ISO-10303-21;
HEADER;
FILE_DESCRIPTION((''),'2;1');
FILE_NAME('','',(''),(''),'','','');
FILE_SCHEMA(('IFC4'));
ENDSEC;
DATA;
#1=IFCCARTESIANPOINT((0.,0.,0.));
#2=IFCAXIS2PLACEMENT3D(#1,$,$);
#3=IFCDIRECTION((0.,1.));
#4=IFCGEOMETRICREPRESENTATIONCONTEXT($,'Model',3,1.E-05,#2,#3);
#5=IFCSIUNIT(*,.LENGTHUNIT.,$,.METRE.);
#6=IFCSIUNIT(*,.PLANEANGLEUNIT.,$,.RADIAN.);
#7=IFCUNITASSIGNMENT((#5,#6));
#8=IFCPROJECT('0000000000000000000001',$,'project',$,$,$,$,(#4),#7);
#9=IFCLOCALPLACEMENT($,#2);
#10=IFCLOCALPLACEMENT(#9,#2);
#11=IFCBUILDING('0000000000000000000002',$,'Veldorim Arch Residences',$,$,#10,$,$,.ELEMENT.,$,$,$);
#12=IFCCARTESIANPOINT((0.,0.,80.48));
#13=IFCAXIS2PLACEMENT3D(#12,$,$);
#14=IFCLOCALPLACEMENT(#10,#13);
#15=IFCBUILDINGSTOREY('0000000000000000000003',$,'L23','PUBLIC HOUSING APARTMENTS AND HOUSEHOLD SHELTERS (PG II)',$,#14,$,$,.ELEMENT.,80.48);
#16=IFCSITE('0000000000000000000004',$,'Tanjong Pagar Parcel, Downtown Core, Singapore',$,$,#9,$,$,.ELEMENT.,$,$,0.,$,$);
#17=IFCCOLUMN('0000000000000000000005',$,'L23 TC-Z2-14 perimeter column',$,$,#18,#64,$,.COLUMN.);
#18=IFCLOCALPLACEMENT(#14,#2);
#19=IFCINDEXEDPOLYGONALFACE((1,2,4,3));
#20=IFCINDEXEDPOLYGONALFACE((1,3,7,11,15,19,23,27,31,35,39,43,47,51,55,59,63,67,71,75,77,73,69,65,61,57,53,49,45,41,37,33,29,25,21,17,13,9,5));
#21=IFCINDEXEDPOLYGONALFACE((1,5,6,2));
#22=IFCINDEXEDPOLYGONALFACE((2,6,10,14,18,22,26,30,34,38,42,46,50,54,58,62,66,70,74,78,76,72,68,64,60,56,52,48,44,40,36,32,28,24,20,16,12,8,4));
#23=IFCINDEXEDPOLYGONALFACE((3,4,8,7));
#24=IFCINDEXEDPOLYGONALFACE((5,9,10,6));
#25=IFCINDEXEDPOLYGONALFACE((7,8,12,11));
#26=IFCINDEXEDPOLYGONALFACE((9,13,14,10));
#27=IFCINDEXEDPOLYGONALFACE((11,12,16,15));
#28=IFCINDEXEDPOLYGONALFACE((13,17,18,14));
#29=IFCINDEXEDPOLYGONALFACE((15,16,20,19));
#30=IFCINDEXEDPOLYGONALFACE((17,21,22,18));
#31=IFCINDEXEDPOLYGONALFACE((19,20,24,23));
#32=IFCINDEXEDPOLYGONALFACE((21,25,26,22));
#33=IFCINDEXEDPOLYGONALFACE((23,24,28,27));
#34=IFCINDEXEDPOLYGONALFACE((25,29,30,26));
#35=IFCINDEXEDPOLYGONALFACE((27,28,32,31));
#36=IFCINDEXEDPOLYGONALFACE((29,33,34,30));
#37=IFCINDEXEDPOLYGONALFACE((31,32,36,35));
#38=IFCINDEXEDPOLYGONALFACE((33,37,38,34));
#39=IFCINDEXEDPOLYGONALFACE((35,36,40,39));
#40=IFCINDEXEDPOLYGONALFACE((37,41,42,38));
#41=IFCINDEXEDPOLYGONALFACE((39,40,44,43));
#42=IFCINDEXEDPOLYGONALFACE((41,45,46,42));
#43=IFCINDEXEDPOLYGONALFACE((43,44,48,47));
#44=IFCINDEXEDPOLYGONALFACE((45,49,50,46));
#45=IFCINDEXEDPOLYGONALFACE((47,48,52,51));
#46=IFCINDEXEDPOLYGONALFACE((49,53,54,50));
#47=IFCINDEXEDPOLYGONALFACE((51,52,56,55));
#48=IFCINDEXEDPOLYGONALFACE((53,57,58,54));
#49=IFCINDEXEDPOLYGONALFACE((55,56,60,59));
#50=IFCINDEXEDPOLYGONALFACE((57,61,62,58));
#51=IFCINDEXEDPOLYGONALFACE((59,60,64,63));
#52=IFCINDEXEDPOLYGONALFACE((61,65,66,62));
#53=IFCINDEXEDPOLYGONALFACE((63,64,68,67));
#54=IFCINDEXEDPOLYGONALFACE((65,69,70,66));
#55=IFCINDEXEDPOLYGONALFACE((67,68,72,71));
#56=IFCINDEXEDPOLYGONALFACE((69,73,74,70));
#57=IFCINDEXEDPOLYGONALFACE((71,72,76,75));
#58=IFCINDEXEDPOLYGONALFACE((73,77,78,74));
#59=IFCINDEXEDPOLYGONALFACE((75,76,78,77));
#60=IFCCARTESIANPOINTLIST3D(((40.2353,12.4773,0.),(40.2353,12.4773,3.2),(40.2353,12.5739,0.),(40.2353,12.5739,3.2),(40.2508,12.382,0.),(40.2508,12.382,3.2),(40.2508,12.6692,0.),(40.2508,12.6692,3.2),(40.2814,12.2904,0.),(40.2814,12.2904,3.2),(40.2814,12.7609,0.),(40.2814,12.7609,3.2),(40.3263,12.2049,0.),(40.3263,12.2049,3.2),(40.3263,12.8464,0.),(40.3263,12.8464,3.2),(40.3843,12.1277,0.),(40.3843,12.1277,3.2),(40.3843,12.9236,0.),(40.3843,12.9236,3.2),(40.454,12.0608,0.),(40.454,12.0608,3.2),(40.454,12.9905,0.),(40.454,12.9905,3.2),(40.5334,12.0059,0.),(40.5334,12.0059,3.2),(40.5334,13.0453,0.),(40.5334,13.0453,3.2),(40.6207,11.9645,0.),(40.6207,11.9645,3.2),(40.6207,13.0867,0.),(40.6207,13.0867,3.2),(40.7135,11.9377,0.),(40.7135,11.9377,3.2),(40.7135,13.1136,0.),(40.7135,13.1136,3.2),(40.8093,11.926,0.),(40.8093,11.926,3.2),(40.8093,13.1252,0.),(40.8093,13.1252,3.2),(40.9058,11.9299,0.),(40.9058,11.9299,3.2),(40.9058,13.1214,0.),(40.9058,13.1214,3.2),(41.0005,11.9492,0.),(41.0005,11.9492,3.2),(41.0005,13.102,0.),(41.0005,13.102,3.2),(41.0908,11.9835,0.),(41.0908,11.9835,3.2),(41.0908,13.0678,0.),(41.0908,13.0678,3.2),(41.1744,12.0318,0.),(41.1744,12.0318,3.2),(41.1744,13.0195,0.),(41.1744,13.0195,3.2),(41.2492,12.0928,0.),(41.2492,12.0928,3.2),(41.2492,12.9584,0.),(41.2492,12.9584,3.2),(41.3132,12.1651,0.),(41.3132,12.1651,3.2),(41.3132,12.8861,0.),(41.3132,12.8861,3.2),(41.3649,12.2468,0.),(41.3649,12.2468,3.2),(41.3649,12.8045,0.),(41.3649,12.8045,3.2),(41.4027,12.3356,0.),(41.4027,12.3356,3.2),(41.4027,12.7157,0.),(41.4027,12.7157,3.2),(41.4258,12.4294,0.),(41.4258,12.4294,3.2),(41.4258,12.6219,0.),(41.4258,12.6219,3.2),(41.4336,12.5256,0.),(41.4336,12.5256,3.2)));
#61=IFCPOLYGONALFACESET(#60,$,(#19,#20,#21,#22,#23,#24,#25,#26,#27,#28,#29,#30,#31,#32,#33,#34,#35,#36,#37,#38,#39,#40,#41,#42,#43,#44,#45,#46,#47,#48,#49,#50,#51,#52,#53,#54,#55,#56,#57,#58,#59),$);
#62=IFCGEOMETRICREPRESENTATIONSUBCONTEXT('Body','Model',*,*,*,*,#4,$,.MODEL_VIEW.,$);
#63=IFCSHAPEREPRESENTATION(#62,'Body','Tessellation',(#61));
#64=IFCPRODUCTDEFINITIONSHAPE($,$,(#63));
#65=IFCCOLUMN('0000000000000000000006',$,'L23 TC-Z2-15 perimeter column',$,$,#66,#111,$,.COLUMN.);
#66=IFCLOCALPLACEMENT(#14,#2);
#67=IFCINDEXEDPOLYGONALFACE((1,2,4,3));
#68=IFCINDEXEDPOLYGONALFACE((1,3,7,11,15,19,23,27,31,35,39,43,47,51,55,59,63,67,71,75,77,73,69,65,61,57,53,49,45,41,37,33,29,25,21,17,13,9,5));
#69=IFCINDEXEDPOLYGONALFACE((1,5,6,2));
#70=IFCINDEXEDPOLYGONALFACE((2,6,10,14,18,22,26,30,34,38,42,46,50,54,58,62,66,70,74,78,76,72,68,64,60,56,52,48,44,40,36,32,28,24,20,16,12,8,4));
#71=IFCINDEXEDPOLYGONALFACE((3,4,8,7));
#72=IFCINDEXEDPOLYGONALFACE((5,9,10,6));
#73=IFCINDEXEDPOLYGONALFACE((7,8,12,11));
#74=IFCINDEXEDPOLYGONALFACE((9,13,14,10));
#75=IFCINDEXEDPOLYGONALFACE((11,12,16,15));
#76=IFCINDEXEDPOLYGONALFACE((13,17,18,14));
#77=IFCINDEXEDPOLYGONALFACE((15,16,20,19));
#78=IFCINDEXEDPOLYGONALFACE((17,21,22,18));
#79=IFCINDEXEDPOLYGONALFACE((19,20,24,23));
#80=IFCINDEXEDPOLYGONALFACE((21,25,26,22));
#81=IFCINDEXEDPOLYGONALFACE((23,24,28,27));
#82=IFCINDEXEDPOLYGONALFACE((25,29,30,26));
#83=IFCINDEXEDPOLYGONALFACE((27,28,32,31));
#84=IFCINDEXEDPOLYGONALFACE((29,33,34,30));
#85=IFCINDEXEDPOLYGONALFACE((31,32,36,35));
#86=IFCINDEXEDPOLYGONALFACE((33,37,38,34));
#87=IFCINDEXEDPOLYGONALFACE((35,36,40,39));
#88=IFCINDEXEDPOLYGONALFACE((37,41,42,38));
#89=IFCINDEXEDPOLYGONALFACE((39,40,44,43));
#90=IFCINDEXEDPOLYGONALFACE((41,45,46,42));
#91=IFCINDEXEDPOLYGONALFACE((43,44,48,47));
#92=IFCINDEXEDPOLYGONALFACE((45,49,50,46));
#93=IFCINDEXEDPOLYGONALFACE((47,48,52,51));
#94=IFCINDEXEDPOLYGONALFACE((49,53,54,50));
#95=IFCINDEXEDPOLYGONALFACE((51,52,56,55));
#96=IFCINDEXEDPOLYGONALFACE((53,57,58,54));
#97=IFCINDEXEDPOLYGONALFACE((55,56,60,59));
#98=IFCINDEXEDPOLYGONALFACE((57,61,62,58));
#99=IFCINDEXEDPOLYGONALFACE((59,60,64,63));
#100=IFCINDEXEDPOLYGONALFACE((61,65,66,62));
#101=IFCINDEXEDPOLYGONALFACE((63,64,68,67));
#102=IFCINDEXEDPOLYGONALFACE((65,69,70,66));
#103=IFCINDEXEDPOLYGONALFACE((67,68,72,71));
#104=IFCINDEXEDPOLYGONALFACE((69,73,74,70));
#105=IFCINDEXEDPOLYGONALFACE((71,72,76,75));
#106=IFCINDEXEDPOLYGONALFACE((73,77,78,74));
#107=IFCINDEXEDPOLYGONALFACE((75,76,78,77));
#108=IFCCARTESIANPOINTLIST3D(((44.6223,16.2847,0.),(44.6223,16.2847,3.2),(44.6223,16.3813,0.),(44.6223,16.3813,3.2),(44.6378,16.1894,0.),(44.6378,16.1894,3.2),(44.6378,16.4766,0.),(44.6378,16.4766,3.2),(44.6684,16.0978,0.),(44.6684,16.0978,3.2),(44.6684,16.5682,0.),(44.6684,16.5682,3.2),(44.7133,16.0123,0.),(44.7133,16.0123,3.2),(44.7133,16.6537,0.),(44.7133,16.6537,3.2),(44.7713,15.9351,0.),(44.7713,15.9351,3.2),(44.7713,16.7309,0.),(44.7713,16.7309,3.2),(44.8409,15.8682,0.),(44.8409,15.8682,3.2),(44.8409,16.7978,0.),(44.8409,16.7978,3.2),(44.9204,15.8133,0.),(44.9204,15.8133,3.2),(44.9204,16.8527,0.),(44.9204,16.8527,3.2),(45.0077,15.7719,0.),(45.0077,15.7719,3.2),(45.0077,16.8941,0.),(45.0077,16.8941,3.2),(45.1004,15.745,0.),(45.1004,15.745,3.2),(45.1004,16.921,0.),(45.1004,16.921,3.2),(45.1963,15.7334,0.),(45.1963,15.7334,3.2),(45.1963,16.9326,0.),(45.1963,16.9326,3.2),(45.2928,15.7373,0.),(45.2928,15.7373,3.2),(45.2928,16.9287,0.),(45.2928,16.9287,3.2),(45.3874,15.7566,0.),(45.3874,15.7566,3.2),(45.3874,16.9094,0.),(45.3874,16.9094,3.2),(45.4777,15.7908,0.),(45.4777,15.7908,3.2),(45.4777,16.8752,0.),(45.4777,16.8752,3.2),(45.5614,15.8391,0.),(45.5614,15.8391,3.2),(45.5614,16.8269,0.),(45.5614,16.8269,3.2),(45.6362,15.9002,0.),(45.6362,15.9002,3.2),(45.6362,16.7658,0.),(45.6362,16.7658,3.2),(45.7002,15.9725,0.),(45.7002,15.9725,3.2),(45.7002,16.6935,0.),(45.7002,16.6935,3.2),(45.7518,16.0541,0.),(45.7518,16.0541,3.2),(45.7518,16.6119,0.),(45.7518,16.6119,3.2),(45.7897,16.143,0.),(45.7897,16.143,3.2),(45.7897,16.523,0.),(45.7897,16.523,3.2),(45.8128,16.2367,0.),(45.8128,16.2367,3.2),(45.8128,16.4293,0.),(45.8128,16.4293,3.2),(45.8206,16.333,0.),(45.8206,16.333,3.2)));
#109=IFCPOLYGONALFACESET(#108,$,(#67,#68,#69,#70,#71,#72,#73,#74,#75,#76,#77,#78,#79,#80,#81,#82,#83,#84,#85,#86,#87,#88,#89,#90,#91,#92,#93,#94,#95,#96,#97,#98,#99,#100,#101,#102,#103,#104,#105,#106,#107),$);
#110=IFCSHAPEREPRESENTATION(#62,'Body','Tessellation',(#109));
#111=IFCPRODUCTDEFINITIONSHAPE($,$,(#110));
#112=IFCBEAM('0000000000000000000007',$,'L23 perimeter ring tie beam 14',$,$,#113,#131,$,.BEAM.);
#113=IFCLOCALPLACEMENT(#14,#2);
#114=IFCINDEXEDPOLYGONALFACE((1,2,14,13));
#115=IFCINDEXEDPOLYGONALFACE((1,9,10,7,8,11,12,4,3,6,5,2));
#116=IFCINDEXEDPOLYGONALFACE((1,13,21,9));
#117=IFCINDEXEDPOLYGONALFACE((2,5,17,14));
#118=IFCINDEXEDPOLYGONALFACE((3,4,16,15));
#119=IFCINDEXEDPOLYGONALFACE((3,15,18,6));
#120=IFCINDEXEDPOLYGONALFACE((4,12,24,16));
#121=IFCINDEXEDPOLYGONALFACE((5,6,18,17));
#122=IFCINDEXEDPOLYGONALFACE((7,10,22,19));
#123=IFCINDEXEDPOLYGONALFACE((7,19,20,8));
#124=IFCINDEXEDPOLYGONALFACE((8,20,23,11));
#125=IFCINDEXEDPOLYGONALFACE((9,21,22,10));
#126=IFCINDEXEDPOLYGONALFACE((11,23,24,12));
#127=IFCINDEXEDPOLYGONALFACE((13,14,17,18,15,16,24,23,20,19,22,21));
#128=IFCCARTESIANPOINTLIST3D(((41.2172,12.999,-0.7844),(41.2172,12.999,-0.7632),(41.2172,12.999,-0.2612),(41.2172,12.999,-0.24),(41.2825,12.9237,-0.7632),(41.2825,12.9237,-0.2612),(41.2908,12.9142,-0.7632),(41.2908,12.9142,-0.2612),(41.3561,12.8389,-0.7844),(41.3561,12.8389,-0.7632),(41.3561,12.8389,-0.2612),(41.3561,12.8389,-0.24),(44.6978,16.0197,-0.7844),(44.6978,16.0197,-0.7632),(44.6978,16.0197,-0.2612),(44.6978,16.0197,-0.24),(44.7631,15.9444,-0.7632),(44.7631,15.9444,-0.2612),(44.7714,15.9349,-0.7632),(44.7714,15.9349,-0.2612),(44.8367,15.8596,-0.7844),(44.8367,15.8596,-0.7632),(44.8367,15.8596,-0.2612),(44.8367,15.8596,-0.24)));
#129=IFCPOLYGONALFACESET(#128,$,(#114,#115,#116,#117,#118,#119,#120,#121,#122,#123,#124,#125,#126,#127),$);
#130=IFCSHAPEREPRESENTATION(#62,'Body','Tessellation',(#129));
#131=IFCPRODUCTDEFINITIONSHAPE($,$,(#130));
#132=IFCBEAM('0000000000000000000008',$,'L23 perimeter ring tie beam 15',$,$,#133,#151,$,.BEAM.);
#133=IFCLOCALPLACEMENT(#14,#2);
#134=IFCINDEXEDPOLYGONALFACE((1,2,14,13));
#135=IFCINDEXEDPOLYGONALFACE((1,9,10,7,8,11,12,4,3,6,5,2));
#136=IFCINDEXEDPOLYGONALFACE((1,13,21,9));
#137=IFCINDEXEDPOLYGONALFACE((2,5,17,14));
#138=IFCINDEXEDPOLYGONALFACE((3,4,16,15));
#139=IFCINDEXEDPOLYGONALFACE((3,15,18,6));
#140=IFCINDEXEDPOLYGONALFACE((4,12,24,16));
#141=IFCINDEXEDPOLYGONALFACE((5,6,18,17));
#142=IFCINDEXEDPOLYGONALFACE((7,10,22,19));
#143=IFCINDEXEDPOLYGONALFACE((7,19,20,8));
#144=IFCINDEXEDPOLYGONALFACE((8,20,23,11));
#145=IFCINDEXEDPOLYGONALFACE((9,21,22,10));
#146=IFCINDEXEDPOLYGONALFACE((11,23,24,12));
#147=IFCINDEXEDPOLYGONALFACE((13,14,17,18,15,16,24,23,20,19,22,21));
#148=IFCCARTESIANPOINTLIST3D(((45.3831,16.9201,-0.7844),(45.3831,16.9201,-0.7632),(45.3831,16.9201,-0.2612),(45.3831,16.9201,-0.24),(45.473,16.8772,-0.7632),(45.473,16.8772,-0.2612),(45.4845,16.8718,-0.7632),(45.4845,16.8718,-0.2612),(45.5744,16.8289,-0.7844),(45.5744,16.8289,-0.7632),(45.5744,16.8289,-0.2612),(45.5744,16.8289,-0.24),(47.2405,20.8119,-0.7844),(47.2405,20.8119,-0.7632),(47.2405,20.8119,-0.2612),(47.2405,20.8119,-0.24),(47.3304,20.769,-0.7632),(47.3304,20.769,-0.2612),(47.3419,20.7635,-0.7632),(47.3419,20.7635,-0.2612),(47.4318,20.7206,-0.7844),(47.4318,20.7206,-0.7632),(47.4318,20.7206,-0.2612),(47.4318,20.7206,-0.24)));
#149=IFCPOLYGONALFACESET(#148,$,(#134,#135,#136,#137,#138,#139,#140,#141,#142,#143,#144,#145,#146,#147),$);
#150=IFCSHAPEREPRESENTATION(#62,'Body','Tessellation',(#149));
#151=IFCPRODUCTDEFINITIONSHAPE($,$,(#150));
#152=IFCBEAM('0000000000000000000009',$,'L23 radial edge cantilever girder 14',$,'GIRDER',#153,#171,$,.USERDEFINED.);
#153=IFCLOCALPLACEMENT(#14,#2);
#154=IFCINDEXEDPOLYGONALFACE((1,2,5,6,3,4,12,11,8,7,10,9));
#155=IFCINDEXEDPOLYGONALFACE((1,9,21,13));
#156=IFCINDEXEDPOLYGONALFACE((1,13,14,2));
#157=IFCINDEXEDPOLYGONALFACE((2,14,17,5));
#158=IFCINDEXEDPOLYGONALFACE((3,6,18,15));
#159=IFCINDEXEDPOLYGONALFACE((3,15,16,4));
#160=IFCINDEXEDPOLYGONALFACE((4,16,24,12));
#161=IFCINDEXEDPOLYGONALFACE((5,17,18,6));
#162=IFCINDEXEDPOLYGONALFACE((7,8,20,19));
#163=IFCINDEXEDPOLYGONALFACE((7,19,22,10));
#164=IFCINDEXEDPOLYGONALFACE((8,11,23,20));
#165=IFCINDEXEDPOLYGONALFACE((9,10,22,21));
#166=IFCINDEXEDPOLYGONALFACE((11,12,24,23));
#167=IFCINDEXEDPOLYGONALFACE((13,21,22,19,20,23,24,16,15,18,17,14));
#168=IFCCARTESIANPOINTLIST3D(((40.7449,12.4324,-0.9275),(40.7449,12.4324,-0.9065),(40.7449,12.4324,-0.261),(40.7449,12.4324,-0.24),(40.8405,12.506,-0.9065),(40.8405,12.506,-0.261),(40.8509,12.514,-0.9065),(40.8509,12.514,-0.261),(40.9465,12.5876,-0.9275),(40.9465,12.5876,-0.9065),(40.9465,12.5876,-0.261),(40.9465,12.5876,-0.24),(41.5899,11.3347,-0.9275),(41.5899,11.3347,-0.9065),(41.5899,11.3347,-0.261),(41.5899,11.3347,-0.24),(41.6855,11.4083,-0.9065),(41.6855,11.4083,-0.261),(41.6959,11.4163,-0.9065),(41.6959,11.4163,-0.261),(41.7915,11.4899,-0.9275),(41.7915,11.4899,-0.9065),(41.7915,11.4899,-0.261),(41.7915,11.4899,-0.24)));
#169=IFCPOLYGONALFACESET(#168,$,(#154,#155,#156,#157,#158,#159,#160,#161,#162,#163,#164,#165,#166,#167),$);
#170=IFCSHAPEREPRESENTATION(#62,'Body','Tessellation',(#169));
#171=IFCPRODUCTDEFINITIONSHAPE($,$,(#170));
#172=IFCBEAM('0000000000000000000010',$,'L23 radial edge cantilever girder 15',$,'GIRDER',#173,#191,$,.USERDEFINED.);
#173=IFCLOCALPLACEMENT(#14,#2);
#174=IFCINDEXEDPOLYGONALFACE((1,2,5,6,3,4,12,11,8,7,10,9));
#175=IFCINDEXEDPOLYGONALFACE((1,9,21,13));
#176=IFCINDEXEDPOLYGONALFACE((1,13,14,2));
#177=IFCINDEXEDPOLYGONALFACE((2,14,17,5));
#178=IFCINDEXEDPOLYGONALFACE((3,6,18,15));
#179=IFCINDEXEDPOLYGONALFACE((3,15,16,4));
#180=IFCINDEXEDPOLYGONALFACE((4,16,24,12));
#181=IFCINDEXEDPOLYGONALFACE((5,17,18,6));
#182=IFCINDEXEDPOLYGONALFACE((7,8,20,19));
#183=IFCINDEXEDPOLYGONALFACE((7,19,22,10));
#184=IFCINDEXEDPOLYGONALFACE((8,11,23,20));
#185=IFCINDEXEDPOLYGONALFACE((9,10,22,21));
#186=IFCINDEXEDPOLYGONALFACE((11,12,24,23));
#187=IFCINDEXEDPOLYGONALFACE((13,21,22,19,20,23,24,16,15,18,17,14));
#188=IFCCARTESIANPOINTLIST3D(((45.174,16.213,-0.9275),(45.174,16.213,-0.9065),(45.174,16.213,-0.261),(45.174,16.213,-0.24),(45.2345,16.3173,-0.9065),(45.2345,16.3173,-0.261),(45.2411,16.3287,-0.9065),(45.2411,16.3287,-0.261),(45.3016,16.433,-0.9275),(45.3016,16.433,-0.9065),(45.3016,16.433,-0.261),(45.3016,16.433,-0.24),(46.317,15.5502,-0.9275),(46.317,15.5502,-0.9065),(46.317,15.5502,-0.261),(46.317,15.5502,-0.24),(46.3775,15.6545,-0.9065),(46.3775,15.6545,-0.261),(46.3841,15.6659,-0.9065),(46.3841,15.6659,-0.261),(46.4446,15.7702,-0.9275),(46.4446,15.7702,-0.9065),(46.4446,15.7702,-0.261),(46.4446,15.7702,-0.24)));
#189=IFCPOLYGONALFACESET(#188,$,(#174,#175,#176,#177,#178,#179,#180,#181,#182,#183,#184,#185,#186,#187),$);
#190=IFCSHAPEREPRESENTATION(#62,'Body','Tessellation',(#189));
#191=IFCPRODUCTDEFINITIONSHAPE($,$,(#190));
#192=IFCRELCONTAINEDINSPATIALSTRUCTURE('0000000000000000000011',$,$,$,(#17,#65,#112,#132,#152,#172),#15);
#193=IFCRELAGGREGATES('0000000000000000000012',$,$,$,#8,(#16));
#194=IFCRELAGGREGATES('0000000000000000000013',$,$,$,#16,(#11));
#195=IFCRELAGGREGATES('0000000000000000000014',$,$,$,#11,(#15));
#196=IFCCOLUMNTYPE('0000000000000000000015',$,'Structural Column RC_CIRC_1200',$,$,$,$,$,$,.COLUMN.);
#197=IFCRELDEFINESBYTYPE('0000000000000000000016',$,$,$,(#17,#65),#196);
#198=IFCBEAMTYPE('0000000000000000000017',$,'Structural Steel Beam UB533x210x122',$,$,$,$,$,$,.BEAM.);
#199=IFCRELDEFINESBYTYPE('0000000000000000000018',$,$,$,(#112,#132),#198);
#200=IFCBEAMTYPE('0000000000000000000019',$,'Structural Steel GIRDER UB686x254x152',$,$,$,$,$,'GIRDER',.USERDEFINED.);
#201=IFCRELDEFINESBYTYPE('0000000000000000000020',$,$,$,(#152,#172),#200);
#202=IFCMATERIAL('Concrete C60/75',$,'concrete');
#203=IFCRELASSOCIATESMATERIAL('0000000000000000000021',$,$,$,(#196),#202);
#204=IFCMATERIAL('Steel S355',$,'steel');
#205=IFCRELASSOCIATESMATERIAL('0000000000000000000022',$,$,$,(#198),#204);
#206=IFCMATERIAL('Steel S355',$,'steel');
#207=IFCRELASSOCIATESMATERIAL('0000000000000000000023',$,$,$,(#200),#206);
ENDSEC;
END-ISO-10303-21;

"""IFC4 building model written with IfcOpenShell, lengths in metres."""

from ifc_helpers import new_model, si_unit, direction, frame, origin, origin_2d, place, context, subcontext, project, spatial, circle, i_section, extrude, material, material_profile, profile_set, type_object, element, save


model = new_model("IFC4")

# Units and contexts
model_context = context("Model", 3, precision=1e-05, world=origin(), true_north=direction((0.0, 1.0)))
body_context = subcontext(model_context, "Body", "Model", "MODEL_VIEW")
ifc_project = project(units=[si_unit("LENGTHUNIT", "METRE"), si_unit("PLANEANGLEUNIT", "RADIAN")], contexts=[model_context])

# Site, building, storey
site_placement = place(None, origin())
site = spatial("IfcSite", under=ifc_project, at=site_placement, Name="Tanjong Pagar Parcel, Downtown Core, Singapore", CompositionType="ELEMENT", RefElevation=0.0)
building_placement = place(site_placement, origin())
building = spatial("IfcBuilding", under=site, at=building_placement, Name="Veldorim Arch Residences", CompositionType="ELEMENT")
storey_placement = place(building_placement, frame((0.0, 0.0, 80.48)))
storey = spatial("IfcBuildingStorey", under=building, at=storey_placement, Name="L23", Description="PUBLIC HOUSING APARTMENTS AND HOUSEHOLD SHELTERS (PG II)", CompositionType="ELEMENT", Elevation=80.48)

# Columns
ifc_material_1 = material(Name="Concrete C60/75", Category="concrete")
ifc_material_profile_1 = material_profile(ifc_material_1, circle(Radius=0.6001, at=origin_2d()), Name="RC_CIRC_1200")
ifc_profile_set_1 = profile_set([ifc_material_profile_1], Name="Concrete C60/75")
column_type = type_object("IfcColumnType", Name="Structural Column RC_CIRC_1200", PredefinedType="COLUMN", material=ifc_profile_set_1)
for number, where, z_axis, x_axis, name in (
    (1, (40.8335, 12.5256, 0.0), (0.0, 0.0, 1.0), (1.0, 0.0, 0.0), "L23 TC-Z2-14 perimeter column"),
    (2, (45.2205, 16.333, 0.0), (0.0, 0.0, 1.0), (1.0, 0.0, 0.0), "L23 TC-Z2-15 perimeter column"),
):
    element("IfcColumn", number, at=place(storey_placement, frame(where, z_axis=z_axis, x_axis=x_axis)), inside=storey, type_object=column_type, Name=name, PredefinedType="COLUMN", context=body_context, shape_type="SweptSolid", body=[
        extrude(circle(Radius=0.6001, at=origin_2d()), origin(), (0.0, 0.0, 1.0), 3.2),
    ])

# Beams
ifc_material_2 = material(Name="Steel S355", Category="steel")
ifc_material_profile_2 = material_profile(ifc_material_2, i_section(OverallWidth=0.2119, OverallDepth=0.5444, WebThickness=0.0127, FlangeThickness=0.0212, at=origin_2d()), Name="UB533x210x122")
ifc_profile_set_2 = profile_set([ifc_material_profile_2], Name="Steel S355")
beam_type_1 = type_object("IfcBeamType", Name="Structural Steel Beam UB533x210x122", PredefinedType="BEAM", material=ifc_profile_set_2)
beam_1_placement = place(storey_placement, frame((41.2866, 12.9189, -0.5122), z_axis=(0.755245, 0.655443, 0.0), x_axis=(-0.655443, 0.755245, 0.0)))
element("IfcBeam", 3, at=beam_1_placement, inside=storey, type_object=beam_type_1, Name="L23 perimeter ring tie beam 14", PredefinedType="BEAM", context=body_context, shape_type="SweptSolid", body=[
    extrude(i_section(OverallWidth=0.2119, OverallDepth=0.5444, WebThickness=0.0127, FlangeThickness=0.0212, at=origin_2d()), origin(), (0.0, 0.0, 1.0), 4.6086),
])
beam_2_placement = place(storey_placement, frame((45.4788, 16.8745, -0.5122), z_axis=(0.43072, 0.902486, 0.0), x_axis=(-0.902486, 0.43072, 0.0)))
element("IfcBeam", 4, at=beam_2_placement, inside=storey, type_object=beam_type_1, Name="L23 perimeter ring tie beam 15", PredefinedType="BEAM", context=body_context, shape_type="SweptSolid", body=[
    extrude(i_section(OverallWidth=0.2119, OverallDepth=0.5444, WebThickness=0.0127, FlangeThickness=0.0212, at=origin_2d()), origin(), (0.0, 0.0, 1.0), 4.3123),
])
ifc_material_3 = material(Name="Steel S355", Category="steel")
ifc_material_profile_3 = material_profile(ifc_material_3, i_section(OverallWidth=0.2544, OverallDepth=0.6875, WebThickness=0.0132, FlangeThickness=0.021, at=origin_2d()), Name="UB686x254x152")
ifc_profile_set_3 = profile_set([ifc_material_profile_3], Name="Steel S355")
beam_type_2 = type_object("IfcBeamType", Name="Structural Steel GIRDER UB686x254x152", ElementType="GIRDER", PredefinedType="USERDEFINED", material=ifc_profile_set_3)
beam_3_placement = place(storey_placement, frame((40.8457, 12.51, -0.5837), z_axis=(0.609992, -0.792408, 0.0), x_axis=(0.792408, 0.609992, 0.0)))
element("IfcBeam", 5, at=beam_3_placement, inside=storey, type_object=beam_type_2, Name="L23 radial edge cantilever girder 14", ObjectType="GIRDER", PredefinedType="USERDEFINED", context=body_context, shape_type="SweptSolid", body=[
    extrude(i_section(OverallWidth=0.2544, OverallDepth=0.6875, WebThickness=0.0132, FlangeThickness=0.021, at=origin_2d()), origin(), (0.0, 0.0, 1.0), 1.3853),
])
beam_4_placement = place(storey_placement, frame((45.2378, 16.323, -0.5837), z_axis=(0.865076, -0.501641, 0.0), x_axis=(0.501641, 0.865076, 0.0)))
element("IfcBeam", 6, at=beam_4_placement, inside=storey, type_object=beam_type_2, Name="L23 radial edge cantilever girder 15", ObjectType="GIRDER", PredefinedType="USERDEFINED", context=body_context, shape_type="SweptSolid", body=[
    extrude(i_section(OverallWidth=0.2544, OverallDepth=0.6875, WebThickness=0.0132, FlangeThickness=0.021, at=origin_2d()), origin(), (0.0, 0.0, 1.0), 1.3213),
])

save(model, "model.ifc")
